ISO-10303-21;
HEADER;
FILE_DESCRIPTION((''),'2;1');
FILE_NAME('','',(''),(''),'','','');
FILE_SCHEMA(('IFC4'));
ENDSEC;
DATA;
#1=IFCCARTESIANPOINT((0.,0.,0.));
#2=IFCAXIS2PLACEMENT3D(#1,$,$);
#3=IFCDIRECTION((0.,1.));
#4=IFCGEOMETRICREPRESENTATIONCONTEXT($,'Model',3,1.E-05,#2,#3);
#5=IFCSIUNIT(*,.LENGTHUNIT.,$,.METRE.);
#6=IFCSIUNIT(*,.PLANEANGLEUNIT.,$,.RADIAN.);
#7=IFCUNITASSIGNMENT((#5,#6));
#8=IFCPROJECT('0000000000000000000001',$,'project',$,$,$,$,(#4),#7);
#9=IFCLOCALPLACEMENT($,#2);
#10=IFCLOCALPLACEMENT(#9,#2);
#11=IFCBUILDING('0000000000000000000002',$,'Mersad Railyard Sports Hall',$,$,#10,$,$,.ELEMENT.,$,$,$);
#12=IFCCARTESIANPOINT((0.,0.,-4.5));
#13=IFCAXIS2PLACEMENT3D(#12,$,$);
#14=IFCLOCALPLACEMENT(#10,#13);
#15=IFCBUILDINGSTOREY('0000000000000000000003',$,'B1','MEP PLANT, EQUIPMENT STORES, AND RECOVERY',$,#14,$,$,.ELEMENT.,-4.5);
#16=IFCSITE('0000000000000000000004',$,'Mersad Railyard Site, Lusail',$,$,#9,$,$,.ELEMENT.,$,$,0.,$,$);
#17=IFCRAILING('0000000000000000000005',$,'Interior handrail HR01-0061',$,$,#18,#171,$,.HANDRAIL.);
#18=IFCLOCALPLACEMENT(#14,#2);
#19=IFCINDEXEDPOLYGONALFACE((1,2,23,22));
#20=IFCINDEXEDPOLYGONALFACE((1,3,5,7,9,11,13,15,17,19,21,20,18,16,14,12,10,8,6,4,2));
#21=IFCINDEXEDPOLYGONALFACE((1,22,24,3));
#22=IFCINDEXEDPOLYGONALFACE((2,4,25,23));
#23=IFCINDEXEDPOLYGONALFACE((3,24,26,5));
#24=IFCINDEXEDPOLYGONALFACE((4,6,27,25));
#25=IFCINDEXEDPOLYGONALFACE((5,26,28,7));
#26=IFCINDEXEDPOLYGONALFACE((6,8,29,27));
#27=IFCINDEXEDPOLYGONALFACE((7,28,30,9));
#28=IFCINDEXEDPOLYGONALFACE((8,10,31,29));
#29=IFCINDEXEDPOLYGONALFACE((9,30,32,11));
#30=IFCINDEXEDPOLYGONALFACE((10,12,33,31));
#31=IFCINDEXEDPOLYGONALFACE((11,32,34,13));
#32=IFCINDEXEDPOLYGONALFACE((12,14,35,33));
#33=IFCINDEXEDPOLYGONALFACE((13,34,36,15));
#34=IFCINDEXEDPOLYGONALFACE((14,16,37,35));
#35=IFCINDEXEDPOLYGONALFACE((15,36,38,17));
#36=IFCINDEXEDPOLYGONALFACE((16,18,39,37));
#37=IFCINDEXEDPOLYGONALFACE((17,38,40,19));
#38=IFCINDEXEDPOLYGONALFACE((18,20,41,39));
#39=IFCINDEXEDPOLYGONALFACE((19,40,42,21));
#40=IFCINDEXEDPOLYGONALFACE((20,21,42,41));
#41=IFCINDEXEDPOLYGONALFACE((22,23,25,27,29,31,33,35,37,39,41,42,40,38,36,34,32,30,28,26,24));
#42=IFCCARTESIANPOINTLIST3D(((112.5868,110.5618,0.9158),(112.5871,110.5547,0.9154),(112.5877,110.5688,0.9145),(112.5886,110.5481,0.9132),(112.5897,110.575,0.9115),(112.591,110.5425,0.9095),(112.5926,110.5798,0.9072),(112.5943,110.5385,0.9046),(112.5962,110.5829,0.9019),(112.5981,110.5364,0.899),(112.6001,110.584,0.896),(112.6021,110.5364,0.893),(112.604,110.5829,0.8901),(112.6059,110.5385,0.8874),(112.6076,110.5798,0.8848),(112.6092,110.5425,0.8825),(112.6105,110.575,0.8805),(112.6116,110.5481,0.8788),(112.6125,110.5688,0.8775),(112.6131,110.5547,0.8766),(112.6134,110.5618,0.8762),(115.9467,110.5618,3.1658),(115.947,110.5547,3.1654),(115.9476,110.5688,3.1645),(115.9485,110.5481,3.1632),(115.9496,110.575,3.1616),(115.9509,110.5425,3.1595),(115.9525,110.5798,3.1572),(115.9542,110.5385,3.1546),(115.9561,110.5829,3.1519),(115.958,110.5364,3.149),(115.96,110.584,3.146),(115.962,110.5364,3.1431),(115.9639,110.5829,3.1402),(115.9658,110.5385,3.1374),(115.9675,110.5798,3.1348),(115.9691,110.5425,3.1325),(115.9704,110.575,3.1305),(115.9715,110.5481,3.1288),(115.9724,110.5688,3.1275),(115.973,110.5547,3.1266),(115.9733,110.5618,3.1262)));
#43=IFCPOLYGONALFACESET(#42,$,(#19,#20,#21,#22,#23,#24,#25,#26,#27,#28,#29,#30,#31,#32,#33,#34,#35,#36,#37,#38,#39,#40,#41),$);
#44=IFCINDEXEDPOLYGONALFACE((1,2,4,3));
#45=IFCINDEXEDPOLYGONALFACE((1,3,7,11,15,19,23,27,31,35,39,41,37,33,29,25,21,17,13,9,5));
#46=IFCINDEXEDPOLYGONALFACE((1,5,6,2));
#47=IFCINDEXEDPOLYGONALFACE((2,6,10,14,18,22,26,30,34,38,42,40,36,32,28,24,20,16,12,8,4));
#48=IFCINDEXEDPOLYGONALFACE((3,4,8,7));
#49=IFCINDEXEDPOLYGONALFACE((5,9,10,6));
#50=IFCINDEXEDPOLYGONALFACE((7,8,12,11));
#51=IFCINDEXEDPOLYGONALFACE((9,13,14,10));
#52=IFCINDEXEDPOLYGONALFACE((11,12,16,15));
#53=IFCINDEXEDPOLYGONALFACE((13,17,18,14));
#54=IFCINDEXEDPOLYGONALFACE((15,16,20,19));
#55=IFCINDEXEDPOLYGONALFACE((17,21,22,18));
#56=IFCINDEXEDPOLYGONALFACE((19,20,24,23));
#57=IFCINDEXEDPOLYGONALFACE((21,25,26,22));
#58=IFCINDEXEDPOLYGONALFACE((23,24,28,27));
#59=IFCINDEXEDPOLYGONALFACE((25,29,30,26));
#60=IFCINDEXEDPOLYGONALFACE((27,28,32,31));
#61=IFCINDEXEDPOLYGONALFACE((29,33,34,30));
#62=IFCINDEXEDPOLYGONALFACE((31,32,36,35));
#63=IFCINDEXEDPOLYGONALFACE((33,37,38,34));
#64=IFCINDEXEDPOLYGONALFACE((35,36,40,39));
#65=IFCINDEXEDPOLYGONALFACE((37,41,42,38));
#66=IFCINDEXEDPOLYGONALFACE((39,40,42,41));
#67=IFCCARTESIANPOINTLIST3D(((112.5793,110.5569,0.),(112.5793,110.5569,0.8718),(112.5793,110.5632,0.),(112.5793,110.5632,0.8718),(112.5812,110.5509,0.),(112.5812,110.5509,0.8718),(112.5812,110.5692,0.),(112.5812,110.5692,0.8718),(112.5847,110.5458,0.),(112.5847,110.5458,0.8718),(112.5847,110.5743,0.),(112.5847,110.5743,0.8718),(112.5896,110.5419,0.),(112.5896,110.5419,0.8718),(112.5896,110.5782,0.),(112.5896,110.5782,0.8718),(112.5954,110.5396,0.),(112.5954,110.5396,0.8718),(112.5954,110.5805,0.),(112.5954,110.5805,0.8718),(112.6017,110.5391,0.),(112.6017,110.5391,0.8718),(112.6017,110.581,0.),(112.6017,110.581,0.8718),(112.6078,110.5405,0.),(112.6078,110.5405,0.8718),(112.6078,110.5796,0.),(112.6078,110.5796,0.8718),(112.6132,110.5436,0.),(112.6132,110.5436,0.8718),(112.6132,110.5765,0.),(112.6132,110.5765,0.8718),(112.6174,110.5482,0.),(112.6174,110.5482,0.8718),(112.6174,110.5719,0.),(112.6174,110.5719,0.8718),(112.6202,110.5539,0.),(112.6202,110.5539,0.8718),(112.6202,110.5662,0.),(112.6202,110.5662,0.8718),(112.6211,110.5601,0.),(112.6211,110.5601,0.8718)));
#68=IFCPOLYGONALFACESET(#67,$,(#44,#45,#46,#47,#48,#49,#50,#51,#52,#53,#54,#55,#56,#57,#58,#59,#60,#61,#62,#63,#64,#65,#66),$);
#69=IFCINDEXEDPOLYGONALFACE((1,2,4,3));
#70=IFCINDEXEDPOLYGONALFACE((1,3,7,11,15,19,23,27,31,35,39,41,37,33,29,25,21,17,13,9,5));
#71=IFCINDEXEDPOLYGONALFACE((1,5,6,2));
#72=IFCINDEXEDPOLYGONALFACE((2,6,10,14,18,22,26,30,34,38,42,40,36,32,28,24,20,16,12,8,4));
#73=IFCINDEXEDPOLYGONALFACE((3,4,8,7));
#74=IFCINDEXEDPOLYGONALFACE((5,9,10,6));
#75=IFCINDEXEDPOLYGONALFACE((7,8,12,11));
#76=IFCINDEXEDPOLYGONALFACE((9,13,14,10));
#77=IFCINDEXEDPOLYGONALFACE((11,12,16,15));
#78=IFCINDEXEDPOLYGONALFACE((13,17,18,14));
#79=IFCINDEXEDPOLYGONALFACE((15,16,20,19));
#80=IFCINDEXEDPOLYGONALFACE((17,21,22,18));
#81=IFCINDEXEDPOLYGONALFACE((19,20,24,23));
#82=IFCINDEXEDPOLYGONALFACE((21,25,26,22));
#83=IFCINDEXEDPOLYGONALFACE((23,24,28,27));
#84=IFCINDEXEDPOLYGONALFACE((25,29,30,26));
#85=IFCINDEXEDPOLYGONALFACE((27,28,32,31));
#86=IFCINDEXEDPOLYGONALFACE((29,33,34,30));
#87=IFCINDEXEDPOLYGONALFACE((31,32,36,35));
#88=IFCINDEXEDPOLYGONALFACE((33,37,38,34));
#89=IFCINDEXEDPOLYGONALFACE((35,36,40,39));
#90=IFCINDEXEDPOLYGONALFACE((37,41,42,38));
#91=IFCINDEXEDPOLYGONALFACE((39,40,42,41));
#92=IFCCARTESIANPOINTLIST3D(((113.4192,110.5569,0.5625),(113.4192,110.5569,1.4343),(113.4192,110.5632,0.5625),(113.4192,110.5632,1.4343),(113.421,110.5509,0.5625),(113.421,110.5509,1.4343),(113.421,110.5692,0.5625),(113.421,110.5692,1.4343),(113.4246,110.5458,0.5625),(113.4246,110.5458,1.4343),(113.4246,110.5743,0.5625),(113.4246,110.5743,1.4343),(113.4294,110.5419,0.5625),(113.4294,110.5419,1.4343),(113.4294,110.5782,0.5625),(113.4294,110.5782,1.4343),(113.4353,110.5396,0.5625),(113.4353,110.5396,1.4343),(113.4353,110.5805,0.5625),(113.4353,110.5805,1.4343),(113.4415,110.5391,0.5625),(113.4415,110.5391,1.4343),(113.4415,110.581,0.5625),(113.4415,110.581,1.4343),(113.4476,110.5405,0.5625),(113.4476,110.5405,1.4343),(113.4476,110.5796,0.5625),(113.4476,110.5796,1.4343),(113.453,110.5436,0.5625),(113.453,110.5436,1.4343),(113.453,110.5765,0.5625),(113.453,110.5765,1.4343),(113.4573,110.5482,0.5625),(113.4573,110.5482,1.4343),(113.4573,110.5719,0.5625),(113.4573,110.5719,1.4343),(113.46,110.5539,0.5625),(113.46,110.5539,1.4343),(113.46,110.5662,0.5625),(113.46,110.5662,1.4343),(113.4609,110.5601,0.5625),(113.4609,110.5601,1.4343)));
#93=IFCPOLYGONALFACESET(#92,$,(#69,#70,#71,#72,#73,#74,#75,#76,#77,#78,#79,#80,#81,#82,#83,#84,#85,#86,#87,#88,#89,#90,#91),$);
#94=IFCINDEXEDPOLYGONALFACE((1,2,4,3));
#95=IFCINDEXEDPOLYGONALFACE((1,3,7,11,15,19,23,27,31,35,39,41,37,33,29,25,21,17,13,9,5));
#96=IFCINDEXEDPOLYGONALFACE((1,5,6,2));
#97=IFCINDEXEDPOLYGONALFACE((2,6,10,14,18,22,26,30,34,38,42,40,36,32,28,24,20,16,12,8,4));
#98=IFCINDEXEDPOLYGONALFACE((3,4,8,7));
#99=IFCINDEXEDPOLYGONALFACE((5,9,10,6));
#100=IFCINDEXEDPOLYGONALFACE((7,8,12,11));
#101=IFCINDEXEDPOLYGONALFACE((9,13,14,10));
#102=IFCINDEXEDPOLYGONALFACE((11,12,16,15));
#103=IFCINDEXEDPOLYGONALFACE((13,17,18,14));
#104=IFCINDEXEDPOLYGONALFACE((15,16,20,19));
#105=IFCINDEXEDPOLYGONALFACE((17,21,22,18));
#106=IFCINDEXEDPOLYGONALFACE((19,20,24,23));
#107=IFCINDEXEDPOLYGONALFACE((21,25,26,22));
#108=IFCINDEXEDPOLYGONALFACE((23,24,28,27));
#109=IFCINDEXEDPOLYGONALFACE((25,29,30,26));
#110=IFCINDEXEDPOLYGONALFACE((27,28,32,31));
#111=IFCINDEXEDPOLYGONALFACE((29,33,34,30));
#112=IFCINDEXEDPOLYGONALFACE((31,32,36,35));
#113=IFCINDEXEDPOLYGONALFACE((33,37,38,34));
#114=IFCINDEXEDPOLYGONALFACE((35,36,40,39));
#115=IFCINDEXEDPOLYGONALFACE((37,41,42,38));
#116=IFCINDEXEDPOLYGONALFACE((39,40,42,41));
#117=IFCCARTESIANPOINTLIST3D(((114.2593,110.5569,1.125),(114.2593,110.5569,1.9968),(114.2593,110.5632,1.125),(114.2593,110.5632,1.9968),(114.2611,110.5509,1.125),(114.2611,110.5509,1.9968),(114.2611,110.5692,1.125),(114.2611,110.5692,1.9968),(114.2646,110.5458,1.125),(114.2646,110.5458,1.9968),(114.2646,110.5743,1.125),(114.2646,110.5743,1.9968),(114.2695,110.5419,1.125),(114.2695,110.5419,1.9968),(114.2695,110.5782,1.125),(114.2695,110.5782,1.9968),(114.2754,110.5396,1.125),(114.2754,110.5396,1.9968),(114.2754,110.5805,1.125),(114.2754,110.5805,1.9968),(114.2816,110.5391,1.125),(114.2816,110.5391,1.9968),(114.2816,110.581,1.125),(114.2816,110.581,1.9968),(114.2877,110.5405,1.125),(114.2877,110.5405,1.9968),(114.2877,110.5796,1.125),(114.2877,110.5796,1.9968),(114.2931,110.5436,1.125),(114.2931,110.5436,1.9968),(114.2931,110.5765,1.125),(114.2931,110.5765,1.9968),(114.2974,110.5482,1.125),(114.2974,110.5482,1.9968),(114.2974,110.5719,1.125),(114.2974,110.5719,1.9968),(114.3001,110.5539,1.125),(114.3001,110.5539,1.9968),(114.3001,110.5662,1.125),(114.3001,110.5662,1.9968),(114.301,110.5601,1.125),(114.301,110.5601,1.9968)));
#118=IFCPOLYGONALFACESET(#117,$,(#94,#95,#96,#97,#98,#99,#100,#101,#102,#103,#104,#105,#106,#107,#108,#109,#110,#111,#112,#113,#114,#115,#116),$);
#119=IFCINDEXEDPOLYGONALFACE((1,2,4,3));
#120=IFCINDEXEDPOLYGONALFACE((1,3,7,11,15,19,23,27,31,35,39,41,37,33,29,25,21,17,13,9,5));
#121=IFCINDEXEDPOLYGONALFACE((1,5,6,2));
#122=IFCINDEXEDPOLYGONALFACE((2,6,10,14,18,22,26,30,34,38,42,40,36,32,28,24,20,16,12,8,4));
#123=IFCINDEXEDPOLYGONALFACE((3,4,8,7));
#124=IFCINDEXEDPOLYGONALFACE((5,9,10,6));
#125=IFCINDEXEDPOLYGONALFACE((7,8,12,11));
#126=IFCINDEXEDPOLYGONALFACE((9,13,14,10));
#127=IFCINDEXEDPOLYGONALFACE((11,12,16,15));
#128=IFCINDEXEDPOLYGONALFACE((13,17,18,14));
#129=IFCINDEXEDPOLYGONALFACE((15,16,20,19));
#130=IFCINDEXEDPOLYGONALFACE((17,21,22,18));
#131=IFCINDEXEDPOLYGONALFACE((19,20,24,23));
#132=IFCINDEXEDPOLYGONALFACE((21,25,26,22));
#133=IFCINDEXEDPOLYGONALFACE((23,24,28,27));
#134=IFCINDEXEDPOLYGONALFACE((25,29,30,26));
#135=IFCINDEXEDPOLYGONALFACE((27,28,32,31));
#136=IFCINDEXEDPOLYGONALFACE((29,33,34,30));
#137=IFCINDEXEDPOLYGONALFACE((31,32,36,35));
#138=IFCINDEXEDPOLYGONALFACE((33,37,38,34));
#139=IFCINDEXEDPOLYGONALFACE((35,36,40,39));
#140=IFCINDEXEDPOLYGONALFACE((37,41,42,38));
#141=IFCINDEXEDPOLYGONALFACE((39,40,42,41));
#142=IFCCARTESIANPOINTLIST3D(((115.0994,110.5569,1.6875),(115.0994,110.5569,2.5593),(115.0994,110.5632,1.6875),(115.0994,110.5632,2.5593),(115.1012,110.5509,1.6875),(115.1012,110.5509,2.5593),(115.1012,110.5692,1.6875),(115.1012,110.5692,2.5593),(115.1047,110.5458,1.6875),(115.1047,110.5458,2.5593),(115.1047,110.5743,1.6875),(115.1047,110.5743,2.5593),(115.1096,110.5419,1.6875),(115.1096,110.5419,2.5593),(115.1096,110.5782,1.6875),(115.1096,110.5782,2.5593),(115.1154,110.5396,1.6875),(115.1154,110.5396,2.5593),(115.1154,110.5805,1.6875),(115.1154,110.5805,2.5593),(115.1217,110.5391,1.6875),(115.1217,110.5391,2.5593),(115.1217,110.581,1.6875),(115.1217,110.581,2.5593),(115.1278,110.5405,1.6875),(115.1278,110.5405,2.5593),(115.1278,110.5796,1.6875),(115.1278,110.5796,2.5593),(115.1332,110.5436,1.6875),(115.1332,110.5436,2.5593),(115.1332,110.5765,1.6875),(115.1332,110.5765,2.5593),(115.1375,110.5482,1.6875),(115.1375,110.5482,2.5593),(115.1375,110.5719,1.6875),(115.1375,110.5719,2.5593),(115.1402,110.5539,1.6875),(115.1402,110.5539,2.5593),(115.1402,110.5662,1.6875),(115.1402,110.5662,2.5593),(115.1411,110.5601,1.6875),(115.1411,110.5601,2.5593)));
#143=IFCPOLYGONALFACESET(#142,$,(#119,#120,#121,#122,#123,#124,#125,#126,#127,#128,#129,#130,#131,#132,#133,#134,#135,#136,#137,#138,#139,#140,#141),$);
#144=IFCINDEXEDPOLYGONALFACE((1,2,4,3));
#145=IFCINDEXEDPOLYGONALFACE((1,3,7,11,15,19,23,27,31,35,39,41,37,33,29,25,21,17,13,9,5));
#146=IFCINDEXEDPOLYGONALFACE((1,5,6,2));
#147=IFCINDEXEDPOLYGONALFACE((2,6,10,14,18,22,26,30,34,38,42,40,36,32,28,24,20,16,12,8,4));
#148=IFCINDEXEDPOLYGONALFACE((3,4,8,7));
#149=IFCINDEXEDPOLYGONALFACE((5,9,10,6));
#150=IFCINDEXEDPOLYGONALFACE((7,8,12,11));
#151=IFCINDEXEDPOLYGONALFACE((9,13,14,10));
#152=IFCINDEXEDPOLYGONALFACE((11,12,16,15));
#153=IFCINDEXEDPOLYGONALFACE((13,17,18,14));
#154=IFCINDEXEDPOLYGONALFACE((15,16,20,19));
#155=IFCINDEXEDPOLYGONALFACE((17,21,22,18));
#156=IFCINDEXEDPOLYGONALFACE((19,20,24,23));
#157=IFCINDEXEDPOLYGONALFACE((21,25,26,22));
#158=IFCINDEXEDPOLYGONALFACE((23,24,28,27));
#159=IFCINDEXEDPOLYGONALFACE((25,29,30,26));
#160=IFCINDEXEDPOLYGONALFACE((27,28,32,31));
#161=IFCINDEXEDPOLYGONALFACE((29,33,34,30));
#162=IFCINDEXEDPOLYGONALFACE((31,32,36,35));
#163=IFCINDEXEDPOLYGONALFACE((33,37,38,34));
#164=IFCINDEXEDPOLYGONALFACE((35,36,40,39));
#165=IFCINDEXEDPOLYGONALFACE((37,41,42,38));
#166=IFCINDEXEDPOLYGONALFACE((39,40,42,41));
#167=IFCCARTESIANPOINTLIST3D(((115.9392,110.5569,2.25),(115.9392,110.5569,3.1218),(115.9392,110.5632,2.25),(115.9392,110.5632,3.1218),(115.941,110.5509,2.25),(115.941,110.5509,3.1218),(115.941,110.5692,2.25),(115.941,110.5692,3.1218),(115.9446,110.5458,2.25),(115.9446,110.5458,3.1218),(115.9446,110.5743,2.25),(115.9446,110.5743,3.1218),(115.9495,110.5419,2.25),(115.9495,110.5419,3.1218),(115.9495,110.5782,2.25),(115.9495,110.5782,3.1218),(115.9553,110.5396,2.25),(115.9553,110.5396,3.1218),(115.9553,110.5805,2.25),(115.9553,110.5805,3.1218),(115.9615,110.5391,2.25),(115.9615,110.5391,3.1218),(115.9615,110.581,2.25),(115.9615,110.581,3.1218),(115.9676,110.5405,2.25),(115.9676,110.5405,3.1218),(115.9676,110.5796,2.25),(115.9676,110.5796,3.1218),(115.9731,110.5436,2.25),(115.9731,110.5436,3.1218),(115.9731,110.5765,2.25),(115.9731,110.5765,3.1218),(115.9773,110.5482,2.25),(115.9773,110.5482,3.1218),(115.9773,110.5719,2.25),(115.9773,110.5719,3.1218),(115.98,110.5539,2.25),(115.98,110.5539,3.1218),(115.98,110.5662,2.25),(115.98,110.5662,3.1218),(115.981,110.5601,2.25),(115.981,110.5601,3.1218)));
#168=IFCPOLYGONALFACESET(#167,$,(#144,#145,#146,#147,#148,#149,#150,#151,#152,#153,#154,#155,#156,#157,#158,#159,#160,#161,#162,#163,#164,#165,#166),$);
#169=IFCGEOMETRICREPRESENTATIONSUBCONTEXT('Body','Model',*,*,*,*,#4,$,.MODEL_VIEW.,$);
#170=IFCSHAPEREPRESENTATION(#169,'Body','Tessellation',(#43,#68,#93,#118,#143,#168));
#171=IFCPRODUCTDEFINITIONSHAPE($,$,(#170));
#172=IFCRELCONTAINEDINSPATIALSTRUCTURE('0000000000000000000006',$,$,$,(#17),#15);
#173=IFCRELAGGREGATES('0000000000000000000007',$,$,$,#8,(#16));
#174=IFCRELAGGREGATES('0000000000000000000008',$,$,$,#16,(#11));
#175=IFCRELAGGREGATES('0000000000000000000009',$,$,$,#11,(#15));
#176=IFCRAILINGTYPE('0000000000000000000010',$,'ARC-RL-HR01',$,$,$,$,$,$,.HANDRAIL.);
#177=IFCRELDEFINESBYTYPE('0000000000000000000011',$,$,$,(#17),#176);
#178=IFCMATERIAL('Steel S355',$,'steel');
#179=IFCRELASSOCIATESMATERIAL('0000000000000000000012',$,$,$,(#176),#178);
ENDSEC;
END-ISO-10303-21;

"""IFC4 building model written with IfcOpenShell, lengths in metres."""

from ifc_helpers import new_model, si_unit, direction, frame, origin, origin_2d, place, context, subcontext, project, spatial, circle, extrude, material, type_object, element, save


model = new_model("IFC4")

# Units and contexts
model_context = context("Model", 3, precision=1e-05, world=origin(), true_north=direction((0.0, 1.0)))
body_context = subcontext(model_context, "Body", "Model", "MODEL_VIEW")
ifc_project = project(units=[si_unit("LENGTHUNIT", "METRE"), si_unit("PLANEANGLEUNIT", "RADIAN")], contexts=[model_context])

# Site, building, storey
site_placement = place(None, origin())
site = spatial("IfcSite", under=ifc_project, at=site_placement, Name="Mersad Railyard Site, Lusail", CompositionType="ELEMENT", RefElevation=0.0)
building_placement = place(site_placement, origin())
building = spatial("IfcBuilding", under=site, at=building_placement, Name="Mersad Railyard Sports Hall", CompositionType="ELEMENT")
storey_placement = place(building_placement, frame((0.0, 0.0, -4.5)))
storey = spatial("IfcBuildingStorey", under=building, at=storey_placement, Name="B1", Description="MEP PLANT, EQUIPMENT STORES, AND RECOVERY", CompositionType="ELEMENT", Elevation=-4.5)

# Shared definitions
ifc_material_1 = material(Name="Steel S355", Category="steel")

# Railing
railing_type_1 = type_object("IfcRailingType", Name="ARC-RL-HR01", PredefinedType="HANDRAIL", material=ifc_material_1)
railing_1_placement = place(storey_placement, frame((112.6001, 110.5601, 0.0)))
element("IfcRailing", 1, at=railing_1_placement, inside=storey, type_object=railing_type_1, Name="Interior handrail HR01-0061", PredefinedType="HANDRAIL", context=body_context, shape_type="SweptSolid", body=[
    extrude(circle(Radius=0.0239, at=origin_2d()), frame((0.0, 0.0, 0.896), z_axis=(0.830897, 0.0, 0.556427), x_axis=(0.0, 1.0, 0.0)), (0.0, 0.0, 1.0), 4.0437),
    extrude(circle(Radius=0.021, at=origin_2d()), origin(), (0.0, 0.0, 1.0), 0.8718),
    extrude(circle(Radius=0.021, at=origin_2d()), frame((0.8398, 0.0, 0.5625)), (0.0, 0.0, 1.0), 0.8718),
    extrude(circle(Radius=0.021, at=origin_2d()), frame((1.6799, 0.0, 1.125)), (0.0, 0.0, 1.0), 0.8718),
    extrude(circle(Radius=0.021, at=origin_2d()), frame((2.52, 0.0, 1.6875)), (0.0, 0.0, 1.0), 0.8718),
    extrude(circle(Radius=0.021, at=origin_2d()), frame((3.3599, 0.0, 2.25)), (0.0, 0.0, 1.0), 0.8718),
])

save(model, "model.ifc")
